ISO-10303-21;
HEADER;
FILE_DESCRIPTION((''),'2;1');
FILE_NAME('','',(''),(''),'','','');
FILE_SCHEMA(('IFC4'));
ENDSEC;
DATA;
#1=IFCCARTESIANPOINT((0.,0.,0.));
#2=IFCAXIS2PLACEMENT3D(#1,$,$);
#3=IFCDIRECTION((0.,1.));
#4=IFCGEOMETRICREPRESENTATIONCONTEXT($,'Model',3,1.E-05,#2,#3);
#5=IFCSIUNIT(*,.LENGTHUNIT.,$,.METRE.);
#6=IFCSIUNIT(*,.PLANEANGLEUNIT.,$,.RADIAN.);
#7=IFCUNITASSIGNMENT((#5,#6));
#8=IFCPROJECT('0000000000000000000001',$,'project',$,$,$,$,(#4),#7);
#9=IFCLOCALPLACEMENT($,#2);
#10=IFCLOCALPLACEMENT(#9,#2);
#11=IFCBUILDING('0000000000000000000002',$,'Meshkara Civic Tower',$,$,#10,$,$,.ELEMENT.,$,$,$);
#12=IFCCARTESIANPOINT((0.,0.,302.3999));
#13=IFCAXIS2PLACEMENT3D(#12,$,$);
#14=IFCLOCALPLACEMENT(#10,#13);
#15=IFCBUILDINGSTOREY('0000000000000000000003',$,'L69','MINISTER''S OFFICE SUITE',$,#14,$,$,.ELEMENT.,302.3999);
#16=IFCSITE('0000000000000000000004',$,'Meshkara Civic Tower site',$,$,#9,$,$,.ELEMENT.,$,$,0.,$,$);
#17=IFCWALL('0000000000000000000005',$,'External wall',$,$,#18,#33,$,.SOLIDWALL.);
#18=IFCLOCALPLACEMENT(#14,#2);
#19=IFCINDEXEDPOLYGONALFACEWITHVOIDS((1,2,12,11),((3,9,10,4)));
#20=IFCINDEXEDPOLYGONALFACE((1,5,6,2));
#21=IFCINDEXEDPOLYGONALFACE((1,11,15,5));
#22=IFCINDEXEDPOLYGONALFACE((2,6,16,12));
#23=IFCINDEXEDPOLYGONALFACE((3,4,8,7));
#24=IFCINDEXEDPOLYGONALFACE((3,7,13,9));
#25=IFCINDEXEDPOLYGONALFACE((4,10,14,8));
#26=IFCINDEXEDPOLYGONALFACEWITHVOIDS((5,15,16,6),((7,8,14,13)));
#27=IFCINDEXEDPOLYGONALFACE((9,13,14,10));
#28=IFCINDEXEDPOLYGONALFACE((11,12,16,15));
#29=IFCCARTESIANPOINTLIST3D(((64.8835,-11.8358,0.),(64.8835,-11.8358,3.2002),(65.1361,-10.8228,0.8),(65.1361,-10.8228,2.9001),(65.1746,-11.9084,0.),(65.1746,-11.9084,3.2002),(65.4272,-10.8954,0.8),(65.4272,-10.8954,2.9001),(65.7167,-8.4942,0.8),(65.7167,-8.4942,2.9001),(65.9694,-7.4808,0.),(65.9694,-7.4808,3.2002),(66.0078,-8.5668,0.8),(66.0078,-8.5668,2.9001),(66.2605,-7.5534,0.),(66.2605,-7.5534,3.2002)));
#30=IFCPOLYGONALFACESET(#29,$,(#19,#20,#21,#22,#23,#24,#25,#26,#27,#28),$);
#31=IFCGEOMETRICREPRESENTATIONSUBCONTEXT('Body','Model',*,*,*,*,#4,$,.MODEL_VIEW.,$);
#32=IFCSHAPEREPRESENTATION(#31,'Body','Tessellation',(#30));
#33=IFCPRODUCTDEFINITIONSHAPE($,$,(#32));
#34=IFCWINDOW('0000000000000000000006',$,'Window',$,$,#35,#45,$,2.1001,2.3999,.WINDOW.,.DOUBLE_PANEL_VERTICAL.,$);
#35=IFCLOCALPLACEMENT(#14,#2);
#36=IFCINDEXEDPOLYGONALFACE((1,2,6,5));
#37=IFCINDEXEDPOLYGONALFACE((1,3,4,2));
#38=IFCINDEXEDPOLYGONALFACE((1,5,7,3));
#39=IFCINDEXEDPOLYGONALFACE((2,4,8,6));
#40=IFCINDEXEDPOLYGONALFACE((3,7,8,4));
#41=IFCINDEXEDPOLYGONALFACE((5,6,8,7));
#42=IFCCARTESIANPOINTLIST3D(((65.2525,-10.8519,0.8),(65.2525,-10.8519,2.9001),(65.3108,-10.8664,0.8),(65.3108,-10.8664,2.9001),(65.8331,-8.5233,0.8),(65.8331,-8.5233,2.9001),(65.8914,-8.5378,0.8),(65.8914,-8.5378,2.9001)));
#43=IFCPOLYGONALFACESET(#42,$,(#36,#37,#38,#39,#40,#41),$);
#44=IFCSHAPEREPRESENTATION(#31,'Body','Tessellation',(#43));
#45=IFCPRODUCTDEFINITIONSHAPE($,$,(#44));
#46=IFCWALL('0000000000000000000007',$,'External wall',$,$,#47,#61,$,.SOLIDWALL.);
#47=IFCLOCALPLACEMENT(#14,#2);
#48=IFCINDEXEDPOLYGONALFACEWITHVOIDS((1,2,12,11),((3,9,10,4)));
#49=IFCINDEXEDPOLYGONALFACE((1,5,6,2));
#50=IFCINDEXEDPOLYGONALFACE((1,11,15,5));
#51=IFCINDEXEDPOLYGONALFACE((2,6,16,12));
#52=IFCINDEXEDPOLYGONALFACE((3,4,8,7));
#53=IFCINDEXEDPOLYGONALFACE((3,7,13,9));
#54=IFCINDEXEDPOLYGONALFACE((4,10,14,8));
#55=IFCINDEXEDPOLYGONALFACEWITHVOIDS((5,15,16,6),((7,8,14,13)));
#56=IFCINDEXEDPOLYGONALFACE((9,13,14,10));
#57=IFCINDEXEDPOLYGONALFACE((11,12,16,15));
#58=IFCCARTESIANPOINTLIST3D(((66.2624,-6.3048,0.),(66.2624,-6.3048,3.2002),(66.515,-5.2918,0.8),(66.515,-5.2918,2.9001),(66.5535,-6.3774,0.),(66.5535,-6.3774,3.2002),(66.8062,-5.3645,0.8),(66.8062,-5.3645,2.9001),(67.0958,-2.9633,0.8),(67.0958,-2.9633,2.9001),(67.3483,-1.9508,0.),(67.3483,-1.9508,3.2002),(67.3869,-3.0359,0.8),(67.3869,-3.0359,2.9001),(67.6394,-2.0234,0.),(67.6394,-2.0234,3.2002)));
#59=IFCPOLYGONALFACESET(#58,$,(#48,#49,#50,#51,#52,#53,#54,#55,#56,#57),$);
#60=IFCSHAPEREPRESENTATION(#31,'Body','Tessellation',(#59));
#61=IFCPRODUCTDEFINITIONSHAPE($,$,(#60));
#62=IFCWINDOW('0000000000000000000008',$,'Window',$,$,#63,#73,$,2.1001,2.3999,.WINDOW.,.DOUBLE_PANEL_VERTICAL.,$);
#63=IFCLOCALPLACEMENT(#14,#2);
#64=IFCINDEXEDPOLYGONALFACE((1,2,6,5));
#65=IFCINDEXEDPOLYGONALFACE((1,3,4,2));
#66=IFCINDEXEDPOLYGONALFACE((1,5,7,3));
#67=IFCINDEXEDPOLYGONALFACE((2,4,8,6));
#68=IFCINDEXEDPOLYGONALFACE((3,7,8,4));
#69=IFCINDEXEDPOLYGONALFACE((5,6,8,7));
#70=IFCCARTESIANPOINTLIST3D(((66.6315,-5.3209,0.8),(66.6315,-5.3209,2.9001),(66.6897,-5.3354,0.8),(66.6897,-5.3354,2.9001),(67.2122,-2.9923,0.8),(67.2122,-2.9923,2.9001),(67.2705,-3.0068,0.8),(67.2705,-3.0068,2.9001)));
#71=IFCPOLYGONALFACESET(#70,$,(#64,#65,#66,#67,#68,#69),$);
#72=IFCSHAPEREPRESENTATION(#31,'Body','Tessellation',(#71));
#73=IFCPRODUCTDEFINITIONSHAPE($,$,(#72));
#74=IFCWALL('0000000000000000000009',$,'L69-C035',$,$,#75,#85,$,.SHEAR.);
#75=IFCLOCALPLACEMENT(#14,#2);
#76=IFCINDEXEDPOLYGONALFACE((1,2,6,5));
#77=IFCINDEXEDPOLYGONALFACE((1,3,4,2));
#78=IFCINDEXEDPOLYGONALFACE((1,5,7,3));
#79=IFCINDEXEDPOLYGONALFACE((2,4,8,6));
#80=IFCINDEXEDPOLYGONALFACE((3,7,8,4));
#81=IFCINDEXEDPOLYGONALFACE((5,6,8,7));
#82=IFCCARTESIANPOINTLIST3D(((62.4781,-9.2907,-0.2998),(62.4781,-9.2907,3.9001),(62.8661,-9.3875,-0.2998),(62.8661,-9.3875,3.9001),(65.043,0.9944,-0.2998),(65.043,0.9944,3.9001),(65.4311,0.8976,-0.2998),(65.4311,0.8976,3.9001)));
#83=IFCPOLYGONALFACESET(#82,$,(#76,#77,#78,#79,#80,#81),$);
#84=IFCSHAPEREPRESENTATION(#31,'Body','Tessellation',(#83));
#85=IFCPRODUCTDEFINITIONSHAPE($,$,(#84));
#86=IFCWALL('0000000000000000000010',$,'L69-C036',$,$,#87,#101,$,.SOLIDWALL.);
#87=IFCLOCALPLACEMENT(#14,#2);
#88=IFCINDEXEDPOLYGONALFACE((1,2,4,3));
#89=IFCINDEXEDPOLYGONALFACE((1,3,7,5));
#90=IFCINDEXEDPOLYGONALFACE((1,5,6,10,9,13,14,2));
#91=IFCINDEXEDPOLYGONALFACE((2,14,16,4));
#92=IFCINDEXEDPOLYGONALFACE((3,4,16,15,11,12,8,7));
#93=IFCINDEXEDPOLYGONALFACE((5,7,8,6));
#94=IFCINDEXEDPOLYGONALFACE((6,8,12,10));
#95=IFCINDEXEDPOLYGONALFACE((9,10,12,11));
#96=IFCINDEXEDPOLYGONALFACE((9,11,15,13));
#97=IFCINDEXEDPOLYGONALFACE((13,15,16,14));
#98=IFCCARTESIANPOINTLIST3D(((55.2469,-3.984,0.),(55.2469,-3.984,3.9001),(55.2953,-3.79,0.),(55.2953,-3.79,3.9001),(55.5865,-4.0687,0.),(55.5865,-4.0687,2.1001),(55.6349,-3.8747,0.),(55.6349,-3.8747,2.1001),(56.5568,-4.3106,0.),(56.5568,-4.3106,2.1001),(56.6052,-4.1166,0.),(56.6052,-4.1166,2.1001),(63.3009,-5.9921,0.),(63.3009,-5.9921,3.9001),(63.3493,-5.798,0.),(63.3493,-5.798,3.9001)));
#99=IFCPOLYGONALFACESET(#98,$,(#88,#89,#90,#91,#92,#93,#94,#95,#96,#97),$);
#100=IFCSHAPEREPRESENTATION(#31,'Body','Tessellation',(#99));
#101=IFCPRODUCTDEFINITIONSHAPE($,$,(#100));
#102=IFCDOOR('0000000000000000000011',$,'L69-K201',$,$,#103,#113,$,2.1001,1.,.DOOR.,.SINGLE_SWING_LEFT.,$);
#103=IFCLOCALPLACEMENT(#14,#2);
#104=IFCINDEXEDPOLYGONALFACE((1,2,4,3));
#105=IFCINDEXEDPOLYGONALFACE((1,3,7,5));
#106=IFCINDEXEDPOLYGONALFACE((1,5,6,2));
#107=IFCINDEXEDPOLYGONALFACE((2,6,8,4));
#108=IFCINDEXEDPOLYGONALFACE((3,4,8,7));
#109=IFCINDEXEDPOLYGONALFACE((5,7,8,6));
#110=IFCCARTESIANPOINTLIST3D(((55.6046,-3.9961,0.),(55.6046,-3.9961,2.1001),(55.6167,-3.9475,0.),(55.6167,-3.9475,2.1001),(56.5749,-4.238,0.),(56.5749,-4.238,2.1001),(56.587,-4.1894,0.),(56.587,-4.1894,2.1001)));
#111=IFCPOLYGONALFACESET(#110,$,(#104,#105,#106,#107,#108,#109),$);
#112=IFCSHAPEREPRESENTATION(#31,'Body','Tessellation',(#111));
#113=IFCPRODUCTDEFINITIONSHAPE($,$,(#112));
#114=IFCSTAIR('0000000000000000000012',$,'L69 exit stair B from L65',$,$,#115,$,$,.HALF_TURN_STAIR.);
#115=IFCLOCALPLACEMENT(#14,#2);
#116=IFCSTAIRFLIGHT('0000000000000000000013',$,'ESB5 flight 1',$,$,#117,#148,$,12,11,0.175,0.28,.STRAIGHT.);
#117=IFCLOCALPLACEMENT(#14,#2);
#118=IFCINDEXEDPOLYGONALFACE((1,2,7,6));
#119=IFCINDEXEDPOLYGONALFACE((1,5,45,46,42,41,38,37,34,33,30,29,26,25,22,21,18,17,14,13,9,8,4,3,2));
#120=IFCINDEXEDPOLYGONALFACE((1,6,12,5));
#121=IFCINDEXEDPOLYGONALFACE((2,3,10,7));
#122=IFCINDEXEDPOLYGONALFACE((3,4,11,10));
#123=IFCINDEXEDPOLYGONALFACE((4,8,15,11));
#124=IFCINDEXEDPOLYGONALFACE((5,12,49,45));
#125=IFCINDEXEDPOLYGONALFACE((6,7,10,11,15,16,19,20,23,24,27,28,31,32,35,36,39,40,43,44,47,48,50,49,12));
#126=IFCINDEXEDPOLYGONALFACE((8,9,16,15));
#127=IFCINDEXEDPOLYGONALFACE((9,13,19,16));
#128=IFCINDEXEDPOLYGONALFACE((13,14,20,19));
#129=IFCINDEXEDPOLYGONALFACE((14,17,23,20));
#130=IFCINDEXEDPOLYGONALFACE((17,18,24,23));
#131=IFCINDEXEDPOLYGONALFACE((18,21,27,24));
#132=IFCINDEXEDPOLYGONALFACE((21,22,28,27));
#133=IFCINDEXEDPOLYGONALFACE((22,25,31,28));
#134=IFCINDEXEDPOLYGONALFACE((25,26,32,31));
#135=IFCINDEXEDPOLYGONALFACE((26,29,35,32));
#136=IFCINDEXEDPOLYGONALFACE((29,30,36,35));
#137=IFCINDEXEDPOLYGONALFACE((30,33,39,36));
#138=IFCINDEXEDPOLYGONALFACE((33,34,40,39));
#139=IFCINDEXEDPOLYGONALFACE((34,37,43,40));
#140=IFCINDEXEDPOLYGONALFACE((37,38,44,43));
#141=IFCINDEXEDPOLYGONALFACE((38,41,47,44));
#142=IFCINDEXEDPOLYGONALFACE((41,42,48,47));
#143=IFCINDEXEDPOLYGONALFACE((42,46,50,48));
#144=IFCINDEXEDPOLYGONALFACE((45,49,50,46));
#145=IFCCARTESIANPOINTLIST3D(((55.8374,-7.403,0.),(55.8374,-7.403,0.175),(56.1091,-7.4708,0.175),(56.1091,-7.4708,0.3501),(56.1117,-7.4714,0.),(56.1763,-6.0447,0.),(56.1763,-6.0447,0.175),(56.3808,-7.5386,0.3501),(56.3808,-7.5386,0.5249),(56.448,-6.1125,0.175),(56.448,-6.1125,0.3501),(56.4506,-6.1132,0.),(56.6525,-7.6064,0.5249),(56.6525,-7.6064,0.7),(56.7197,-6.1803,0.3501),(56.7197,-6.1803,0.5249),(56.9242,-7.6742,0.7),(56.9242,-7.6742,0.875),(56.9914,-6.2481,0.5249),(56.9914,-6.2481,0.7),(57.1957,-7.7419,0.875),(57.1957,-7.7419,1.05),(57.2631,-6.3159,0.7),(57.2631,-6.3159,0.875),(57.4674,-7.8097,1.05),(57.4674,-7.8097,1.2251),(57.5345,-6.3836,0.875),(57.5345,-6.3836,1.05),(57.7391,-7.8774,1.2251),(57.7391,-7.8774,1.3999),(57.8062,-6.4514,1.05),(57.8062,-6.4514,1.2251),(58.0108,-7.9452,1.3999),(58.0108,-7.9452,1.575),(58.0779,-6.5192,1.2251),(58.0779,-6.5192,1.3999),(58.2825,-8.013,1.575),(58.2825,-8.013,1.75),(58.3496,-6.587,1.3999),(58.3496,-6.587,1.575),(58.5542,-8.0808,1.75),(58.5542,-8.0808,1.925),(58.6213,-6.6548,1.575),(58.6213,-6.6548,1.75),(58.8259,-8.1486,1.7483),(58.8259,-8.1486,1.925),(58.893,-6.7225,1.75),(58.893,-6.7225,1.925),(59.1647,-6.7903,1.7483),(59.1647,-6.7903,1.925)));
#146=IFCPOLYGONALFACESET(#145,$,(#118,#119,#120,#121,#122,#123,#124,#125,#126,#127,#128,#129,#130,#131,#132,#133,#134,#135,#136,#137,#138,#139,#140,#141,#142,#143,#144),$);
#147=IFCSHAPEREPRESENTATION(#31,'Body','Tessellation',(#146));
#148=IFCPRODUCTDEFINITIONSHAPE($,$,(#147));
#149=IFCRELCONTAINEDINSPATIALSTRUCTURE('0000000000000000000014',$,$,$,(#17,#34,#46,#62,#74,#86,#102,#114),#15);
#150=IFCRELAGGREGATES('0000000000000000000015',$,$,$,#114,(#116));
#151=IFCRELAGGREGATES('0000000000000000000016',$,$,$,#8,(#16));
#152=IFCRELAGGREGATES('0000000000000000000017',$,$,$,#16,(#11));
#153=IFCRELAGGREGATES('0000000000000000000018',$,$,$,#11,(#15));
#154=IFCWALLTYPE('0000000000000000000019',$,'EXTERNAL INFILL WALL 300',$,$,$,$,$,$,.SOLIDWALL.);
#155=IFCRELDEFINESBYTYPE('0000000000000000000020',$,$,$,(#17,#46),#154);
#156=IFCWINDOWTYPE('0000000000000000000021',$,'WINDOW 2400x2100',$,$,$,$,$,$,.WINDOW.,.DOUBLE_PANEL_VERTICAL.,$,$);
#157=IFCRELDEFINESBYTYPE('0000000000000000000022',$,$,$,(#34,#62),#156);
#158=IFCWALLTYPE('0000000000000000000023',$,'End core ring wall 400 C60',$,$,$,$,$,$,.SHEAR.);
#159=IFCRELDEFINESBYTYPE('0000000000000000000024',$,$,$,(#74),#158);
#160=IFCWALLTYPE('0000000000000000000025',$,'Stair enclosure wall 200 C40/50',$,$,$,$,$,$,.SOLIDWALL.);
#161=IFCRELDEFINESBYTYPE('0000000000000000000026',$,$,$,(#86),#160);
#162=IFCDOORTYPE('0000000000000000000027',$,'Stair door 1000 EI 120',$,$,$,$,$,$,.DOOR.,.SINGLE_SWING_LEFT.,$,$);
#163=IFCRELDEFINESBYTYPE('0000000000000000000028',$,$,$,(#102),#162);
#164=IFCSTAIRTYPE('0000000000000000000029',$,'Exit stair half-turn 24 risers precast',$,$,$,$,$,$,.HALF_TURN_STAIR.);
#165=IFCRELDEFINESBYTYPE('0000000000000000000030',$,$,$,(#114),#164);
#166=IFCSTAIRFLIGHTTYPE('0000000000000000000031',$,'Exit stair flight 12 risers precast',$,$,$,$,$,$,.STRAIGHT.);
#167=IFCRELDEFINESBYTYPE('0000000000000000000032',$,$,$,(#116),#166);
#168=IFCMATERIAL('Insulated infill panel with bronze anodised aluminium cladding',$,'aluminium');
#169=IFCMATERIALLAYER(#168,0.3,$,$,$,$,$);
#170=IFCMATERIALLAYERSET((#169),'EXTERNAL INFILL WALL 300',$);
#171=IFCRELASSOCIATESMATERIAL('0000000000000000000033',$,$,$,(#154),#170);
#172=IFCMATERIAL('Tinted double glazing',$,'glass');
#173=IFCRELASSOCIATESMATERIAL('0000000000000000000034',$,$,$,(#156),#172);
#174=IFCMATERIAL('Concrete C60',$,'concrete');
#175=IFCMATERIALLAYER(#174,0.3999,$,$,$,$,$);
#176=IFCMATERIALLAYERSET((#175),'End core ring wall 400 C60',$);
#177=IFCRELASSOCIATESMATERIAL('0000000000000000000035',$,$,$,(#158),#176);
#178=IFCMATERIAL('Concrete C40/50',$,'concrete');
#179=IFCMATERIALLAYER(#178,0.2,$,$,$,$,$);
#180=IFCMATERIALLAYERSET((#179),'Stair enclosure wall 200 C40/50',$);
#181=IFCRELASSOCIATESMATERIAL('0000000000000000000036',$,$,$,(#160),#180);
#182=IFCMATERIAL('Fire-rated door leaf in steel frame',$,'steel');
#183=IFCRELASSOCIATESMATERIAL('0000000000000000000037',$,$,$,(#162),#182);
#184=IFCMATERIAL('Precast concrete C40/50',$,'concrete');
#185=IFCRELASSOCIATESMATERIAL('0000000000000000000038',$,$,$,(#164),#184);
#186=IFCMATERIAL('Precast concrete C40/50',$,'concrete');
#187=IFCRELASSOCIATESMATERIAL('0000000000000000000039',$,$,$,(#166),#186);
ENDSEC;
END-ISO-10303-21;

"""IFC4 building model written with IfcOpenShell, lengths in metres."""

from ifc_helpers import new_model, si_unit, direction, frame, frame_2d, origin, place, context, subcontext, project, spatial, polyline, rectangle, outline, extrude, material, layer, layer_set, type_object, element, fill, aggregate, save


model = new_model("IFC4")

# Units and contexts
model_context = context("Model", 3, precision=1e-05, world=origin(), true_north=direction((0.0, 1.0)))
body_context = subcontext(model_context, "Body", "Model", "MODEL_VIEW")
ifc_project = project(units=[si_unit("LENGTHUNIT", "METRE"), si_unit("PLANEANGLEUNIT", "RADIAN")], contexts=[model_context])

# Site, building, storey
site_placement = place(None, origin())
site = spatial("IfcSite", under=ifc_project, at=site_placement, Name="Meshkara Civic Tower site", CompositionType="ELEMENT", RefElevation=0.0)
building_placement = place(site_placement, origin())
building = spatial("IfcBuilding", under=site, at=building_placement, Name="Meshkara Civic Tower", CompositionType="ELEMENT")
storey_placement = place(building_placement, frame((0.0, 0.0, 302.3999)))
storey = spatial("IfcBuildingStorey", under=building, at=storey_placement, Name="L69", Description="MINISTER'S OFFICE SUITE", CompositionType="ELEMENT", Elevation=302.3999)

# Walls, openings, windows
ifc_material_1 = material(Name="Insulated infill panel with bronze anodised aluminium cladding", Category="aluminium")
ifc_layer_1 = layer(ifc_material_1, 0.3)
ifc_layer_set_1 = layer_set([ifc_layer_1], Name="EXTERNAL INFILL WALL 300")
wall_type_1 = type_object("IfcWallType", Name="EXTERNAL INFILL WALL 300", PredefinedType="SOLIDWALL", material=ifc_layer_set_1)
ifc_material_2 = material(Name="Tinted double glazing", Category="glass")
window_type = type_object("IfcWindowType", Name="WINDOW 2400x2100", PartitioningType="DOUBLE_PANEL_VERTICAL", PredefinedType="WINDOW", material=ifc_material_2)
wall_1_placement = place(storey_placement, frame((65.0291, -11.8721, 0.0), z_axis=(0.0, 0.0, 1.0), x_axis=(0.241947, 0.97029, 0.0)))
wall_1 = element("IfcWall", 1, at=wall_1_placement, inside=storey, type_object=wall_type_1, Name="External wall", PredefinedType="SOLIDWALL", context=body_context, shape_type="SweptSolid", body=[
    extrude(rectangle(XDim=4.4883, YDim=0.3, at=frame_2d((2.2441, 0.0))), origin(), (0.0, 0.0, 1.0), 3.2002),
])
opening_1_placement = place(wall_1_placement, frame((1.0439, 0.0, 0.8)))
opening_1 = element("IfcOpeningElement", 2, at=opening_1_placement, cuts=wall_1, PredefinedType="OPENING", context=body_context, shape_type="SweptSolid", body=[
    extrude(rectangle(XDim=2.3999, YDim=2.1001, at=frame_2d((1.2, 1.05))), frame((0.0, 0.1599, 0.0), z_axis=(0.0, -1.0, 0.0), x_axis=(1.0, 0.0, 0.0)), (0.0, 0.0, 1.0), 0.3201),
])
window_1_placement = place(opening_1_placement, origin())
window_1 = element("IfcWindow", 3, at=window_1_placement, inside=storey, type_object=window_type, Name="Window", OverallHeight=2.1001, OverallWidth=2.3999, PartitioningType="DOUBLE_PANEL_VERTICAL", PredefinedType="WINDOW", context=body_context, shape_type="SweptSolid", body=[
    extrude(rectangle(XDim=2.3999, YDim=2.1001, at=frame_2d((1.2, 1.05))), frame((0.0, 0.03, 0.0), z_axis=(0.0, -1.0, 0.0), x_axis=(1.0, 0.0, 0.0)), (0.0, 0.0, 1.0), 0.0601),
])
fill(opening_1, window_1)
wall_2_placement = place(storey_placement, frame((66.408, -6.3411, 0.0), z_axis=(0.0, 0.0, 1.0), x_axis=(0.241998, 0.970277, 0.0)))
wall_2 = element("IfcWall", 4, at=wall_2_placement, inside=storey, type_object=wall_type_1, Name="External wall", PredefinedType="SOLIDWALL", context=body_context, shape_type="SweptSolid", body=[
    extrude(rectangle(XDim=4.4873, YDim=0.3, at=frame_2d((2.2437, 0.0))), origin(), (0.0, 0.0, 1.0), 3.2002),
])
opening_2_placement = place(wall_2_placement, frame((1.0439, 0.0, 0.8)))
opening_2 = element("IfcOpeningElement", 5, at=opening_2_placement, cuts=wall_2, PredefinedType="OPENING", context=body_context, shape_type="SweptSolid", body=[
    extrude(rectangle(XDim=2.3999, YDim=2.1001, at=frame_2d((1.2, 1.05))), frame((0.0, 0.1599, 0.0), z_axis=(0.0, -1.0, 0.0), x_axis=(1.0, 0.0, 0.0)), (0.0, 0.0, 1.0), 0.3201),
])
window_2_placement = place(opening_2_placement, origin())
window_2 = element("IfcWindow", 6, at=window_2_placement, inside=storey, type_object=window_type, Name="Window", OverallHeight=2.1001, OverallWidth=2.3999, PartitioningType="DOUBLE_PANEL_VERTICAL", PredefinedType="WINDOW", context=body_context, shape_type="SweptSolid", body=[
    extrude(rectangle(XDim=2.3999, YDim=2.1001, at=frame_2d((1.2, 1.05))), frame((0.0, 0.03, 0.0), z_axis=(0.0, -1.0, 0.0), x_axis=(1.0, 0.0, 0.0)), (0.0, 0.0, 1.0), 0.0601),
])
fill(opening_2, window_2)

# Wall
ifc_material_3 = material(Name="Concrete C60", Category="concrete")
ifc_layer_2 = layer(ifc_material_3, 0.3999)
ifc_layer_set_2 = layer_set([ifc_layer_2], Name="End core ring wall 400 C60")
wall_type_2 = type_object("IfcWallType", Name="End core ring wall 400 C60", PredefinedType="SHEAR", material=ifc_layer_set_2)
wall_3_placement = place(storey_placement, frame((62.6721, -9.3391, -0.2998), z_axis=(0.0, 0.0, 1.0), x_axis=(0.241972, 0.970283, 0.0)))
element("IfcWall", 7, at=wall_3_placement, inside=storey, type_object=wall_type_2, Name="L69-C035", PredefinedType="SHEAR", context=body_context, shape_type="SweptSolid", body=[
    extrude(rectangle(XDim=10.6001, YDim=0.3999, at=frame_2d((5.3, 0.0))), origin(), (0.0, 0.0, 1.0), 4.2),
])

# Wall, opening, door
ifc_material_4 = material(Name="Concrete C40/50", Category="concrete")
ifc_layer_3 = layer(ifc_material_4, 0.2)
ifc_layer_set_3 = layer_set([ifc_layer_3], Name="Stair enclosure wall 200 C40/50")
wall_type_3 = type_object("IfcWallType", Name="Stair enclosure wall 200 C40/50", PredefinedType="SOLIDWALL", material=ifc_layer_set_3)
wall_4_placement = place(storey_placement, frame((55.271, -3.887, 0.0), z_axis=(0.0, 0.0, 1.0), x_axis=(0.970296, -0.24192, 0.0)))
wall_4 = element("IfcWall", 8, at=wall_4_placement, inside=storey, type_object=wall_type_3, Name="L69-C036", PredefinedType="SOLIDWALL", context=body_context, shape_type="SweptSolid", body=[
    extrude(rectangle(XDim=8.3005, YDim=0.2, at=frame_2d((4.1504, 0.0))), origin(), (0.0, 0.0, 1.0), 3.9001),
])
opening_3_placement = place(wall_4_placement, frame((0.3501, 0.0, 0.0)))
opening_3 = element("IfcOpeningElement", 9, at=opening_3_placement, cuts=wall_4, PredefinedType="OPENING", context=body_context, shape_type="SweptSolid", body=[
    extrude(rectangle(XDim=1.0, YDim=2.1001, at=frame_2d((0.5, 1.05))), frame((0.0, 0.1099, 0.0), z_axis=(0.0, -1.0, 0.0), x_axis=(1.0, 0.0, 0.0)), (0.0, 0.0, 1.0), 0.22),
])
ifc_material_5 = material(Name="Fire-rated door leaf in steel frame", Category="steel")
door_type = type_object("IfcDoorType", Name="Stair door 1000 EI 120", OperationType="SINGLE_SWING_LEFT", PredefinedType="DOOR", material=ifc_material_5)
door_placement = place(opening_3_placement, origin())
door = element("IfcDoor", 10, at=door_placement, inside=storey, type_object=door_type, Name="L69-K201", OperationType="SINGLE_SWING_LEFT", OverallHeight=2.1001, OverallWidth=1.0, PredefinedType="DOOR", context=body_context, shape_type="SweptSolid", body=[
    extrude(rectangle(XDim=1.0, YDim=2.1001, at=frame_2d((0.5, 1.05))), frame((0.0, 0.0249, 0.0), z_axis=(0.0, -1.0, 0.0), x_axis=(1.0, 0.0, 0.0)), (0.0, 0.0, 1.0), 0.05),
])
fill(opening_3, door)

# Stair, stair flight
ifc_material_6 = material(Name="Precast concrete C40/50", Category="concrete")
stair_type = type_object("IfcStairType", Name="Exit stair half-turn 24 risers precast", PredefinedType="HALF_TURN_STAIR", material=ifc_material_6)
stair_placement = place(storey_placement, origin())
stair = element("IfcStair", 11, at=stair_placement, inside=storey, type_object=stair_type, Name="L69 exit stair B from L65", PredefinedType="HALF_TURN_STAIR")
ifc_material_7 = material(Name="Precast concrete C40/50", Category="concrete")
stair_flight_type = type_object("IfcStairFlightType", Name="Exit stair flight 12 risers precast", PredefinedType="STRAIGHT", material=ifc_material_7)
stair_flight_1_placement = place(storey_placement, frame((56.0068, -6.7239, 0.0), z_axis=(0.0, 0.0, 1.0), x_axis=(0.97026, -0.242065, 0.0)))
stair_flight_1 = element("IfcStairFlight", 12, at=stair_flight_1_placement, type_object=stair_flight_type, Name="ESB5 flight 1", NumberOfRisers=12, NumberOfTreads=11, PredefinedType="STRAIGHT", RiserHeight=0.175, TreadLength=0.28, context=body_context, shape_type="SweptSolid", body=[
    extrude(outline(polyline([(0.0, 0.0), (0.0, 0.175), (0.28, 0.175), (0.28, 0.3501), (0.5601, 0.3501), (0.5601, 0.5249), (0.8401, 0.5249), (0.8401, 0.7), (1.1201, 0.7), (1.1201, 0.875), (1.3999, 0.875), (1.3999, 1.05), (1.6799, 1.05), (1.6799, 1.2251), (1.96, 1.2251), (1.96, 1.3999), (2.24, 1.3999), (2.24, 1.575), (2.52, 1.575), (2.52, 1.75), (2.8, 1.75), (2.8, 1.925), (3.0801, 1.925), (3.0801, 2.1001), (3.0801, 1.7483), (0.2827, 0.0), (0.0, 0.0)])), frame((0.0, 0.7, 0.0), z_axis=(0.0, -1.0, 0.0), x_axis=(1.0, 0.0, 0.0)), (0.0, 0.0, 1.0), 1.3999),
])
aggregate(stair, [stair_flight_1])

save(model, "model.ifc")
